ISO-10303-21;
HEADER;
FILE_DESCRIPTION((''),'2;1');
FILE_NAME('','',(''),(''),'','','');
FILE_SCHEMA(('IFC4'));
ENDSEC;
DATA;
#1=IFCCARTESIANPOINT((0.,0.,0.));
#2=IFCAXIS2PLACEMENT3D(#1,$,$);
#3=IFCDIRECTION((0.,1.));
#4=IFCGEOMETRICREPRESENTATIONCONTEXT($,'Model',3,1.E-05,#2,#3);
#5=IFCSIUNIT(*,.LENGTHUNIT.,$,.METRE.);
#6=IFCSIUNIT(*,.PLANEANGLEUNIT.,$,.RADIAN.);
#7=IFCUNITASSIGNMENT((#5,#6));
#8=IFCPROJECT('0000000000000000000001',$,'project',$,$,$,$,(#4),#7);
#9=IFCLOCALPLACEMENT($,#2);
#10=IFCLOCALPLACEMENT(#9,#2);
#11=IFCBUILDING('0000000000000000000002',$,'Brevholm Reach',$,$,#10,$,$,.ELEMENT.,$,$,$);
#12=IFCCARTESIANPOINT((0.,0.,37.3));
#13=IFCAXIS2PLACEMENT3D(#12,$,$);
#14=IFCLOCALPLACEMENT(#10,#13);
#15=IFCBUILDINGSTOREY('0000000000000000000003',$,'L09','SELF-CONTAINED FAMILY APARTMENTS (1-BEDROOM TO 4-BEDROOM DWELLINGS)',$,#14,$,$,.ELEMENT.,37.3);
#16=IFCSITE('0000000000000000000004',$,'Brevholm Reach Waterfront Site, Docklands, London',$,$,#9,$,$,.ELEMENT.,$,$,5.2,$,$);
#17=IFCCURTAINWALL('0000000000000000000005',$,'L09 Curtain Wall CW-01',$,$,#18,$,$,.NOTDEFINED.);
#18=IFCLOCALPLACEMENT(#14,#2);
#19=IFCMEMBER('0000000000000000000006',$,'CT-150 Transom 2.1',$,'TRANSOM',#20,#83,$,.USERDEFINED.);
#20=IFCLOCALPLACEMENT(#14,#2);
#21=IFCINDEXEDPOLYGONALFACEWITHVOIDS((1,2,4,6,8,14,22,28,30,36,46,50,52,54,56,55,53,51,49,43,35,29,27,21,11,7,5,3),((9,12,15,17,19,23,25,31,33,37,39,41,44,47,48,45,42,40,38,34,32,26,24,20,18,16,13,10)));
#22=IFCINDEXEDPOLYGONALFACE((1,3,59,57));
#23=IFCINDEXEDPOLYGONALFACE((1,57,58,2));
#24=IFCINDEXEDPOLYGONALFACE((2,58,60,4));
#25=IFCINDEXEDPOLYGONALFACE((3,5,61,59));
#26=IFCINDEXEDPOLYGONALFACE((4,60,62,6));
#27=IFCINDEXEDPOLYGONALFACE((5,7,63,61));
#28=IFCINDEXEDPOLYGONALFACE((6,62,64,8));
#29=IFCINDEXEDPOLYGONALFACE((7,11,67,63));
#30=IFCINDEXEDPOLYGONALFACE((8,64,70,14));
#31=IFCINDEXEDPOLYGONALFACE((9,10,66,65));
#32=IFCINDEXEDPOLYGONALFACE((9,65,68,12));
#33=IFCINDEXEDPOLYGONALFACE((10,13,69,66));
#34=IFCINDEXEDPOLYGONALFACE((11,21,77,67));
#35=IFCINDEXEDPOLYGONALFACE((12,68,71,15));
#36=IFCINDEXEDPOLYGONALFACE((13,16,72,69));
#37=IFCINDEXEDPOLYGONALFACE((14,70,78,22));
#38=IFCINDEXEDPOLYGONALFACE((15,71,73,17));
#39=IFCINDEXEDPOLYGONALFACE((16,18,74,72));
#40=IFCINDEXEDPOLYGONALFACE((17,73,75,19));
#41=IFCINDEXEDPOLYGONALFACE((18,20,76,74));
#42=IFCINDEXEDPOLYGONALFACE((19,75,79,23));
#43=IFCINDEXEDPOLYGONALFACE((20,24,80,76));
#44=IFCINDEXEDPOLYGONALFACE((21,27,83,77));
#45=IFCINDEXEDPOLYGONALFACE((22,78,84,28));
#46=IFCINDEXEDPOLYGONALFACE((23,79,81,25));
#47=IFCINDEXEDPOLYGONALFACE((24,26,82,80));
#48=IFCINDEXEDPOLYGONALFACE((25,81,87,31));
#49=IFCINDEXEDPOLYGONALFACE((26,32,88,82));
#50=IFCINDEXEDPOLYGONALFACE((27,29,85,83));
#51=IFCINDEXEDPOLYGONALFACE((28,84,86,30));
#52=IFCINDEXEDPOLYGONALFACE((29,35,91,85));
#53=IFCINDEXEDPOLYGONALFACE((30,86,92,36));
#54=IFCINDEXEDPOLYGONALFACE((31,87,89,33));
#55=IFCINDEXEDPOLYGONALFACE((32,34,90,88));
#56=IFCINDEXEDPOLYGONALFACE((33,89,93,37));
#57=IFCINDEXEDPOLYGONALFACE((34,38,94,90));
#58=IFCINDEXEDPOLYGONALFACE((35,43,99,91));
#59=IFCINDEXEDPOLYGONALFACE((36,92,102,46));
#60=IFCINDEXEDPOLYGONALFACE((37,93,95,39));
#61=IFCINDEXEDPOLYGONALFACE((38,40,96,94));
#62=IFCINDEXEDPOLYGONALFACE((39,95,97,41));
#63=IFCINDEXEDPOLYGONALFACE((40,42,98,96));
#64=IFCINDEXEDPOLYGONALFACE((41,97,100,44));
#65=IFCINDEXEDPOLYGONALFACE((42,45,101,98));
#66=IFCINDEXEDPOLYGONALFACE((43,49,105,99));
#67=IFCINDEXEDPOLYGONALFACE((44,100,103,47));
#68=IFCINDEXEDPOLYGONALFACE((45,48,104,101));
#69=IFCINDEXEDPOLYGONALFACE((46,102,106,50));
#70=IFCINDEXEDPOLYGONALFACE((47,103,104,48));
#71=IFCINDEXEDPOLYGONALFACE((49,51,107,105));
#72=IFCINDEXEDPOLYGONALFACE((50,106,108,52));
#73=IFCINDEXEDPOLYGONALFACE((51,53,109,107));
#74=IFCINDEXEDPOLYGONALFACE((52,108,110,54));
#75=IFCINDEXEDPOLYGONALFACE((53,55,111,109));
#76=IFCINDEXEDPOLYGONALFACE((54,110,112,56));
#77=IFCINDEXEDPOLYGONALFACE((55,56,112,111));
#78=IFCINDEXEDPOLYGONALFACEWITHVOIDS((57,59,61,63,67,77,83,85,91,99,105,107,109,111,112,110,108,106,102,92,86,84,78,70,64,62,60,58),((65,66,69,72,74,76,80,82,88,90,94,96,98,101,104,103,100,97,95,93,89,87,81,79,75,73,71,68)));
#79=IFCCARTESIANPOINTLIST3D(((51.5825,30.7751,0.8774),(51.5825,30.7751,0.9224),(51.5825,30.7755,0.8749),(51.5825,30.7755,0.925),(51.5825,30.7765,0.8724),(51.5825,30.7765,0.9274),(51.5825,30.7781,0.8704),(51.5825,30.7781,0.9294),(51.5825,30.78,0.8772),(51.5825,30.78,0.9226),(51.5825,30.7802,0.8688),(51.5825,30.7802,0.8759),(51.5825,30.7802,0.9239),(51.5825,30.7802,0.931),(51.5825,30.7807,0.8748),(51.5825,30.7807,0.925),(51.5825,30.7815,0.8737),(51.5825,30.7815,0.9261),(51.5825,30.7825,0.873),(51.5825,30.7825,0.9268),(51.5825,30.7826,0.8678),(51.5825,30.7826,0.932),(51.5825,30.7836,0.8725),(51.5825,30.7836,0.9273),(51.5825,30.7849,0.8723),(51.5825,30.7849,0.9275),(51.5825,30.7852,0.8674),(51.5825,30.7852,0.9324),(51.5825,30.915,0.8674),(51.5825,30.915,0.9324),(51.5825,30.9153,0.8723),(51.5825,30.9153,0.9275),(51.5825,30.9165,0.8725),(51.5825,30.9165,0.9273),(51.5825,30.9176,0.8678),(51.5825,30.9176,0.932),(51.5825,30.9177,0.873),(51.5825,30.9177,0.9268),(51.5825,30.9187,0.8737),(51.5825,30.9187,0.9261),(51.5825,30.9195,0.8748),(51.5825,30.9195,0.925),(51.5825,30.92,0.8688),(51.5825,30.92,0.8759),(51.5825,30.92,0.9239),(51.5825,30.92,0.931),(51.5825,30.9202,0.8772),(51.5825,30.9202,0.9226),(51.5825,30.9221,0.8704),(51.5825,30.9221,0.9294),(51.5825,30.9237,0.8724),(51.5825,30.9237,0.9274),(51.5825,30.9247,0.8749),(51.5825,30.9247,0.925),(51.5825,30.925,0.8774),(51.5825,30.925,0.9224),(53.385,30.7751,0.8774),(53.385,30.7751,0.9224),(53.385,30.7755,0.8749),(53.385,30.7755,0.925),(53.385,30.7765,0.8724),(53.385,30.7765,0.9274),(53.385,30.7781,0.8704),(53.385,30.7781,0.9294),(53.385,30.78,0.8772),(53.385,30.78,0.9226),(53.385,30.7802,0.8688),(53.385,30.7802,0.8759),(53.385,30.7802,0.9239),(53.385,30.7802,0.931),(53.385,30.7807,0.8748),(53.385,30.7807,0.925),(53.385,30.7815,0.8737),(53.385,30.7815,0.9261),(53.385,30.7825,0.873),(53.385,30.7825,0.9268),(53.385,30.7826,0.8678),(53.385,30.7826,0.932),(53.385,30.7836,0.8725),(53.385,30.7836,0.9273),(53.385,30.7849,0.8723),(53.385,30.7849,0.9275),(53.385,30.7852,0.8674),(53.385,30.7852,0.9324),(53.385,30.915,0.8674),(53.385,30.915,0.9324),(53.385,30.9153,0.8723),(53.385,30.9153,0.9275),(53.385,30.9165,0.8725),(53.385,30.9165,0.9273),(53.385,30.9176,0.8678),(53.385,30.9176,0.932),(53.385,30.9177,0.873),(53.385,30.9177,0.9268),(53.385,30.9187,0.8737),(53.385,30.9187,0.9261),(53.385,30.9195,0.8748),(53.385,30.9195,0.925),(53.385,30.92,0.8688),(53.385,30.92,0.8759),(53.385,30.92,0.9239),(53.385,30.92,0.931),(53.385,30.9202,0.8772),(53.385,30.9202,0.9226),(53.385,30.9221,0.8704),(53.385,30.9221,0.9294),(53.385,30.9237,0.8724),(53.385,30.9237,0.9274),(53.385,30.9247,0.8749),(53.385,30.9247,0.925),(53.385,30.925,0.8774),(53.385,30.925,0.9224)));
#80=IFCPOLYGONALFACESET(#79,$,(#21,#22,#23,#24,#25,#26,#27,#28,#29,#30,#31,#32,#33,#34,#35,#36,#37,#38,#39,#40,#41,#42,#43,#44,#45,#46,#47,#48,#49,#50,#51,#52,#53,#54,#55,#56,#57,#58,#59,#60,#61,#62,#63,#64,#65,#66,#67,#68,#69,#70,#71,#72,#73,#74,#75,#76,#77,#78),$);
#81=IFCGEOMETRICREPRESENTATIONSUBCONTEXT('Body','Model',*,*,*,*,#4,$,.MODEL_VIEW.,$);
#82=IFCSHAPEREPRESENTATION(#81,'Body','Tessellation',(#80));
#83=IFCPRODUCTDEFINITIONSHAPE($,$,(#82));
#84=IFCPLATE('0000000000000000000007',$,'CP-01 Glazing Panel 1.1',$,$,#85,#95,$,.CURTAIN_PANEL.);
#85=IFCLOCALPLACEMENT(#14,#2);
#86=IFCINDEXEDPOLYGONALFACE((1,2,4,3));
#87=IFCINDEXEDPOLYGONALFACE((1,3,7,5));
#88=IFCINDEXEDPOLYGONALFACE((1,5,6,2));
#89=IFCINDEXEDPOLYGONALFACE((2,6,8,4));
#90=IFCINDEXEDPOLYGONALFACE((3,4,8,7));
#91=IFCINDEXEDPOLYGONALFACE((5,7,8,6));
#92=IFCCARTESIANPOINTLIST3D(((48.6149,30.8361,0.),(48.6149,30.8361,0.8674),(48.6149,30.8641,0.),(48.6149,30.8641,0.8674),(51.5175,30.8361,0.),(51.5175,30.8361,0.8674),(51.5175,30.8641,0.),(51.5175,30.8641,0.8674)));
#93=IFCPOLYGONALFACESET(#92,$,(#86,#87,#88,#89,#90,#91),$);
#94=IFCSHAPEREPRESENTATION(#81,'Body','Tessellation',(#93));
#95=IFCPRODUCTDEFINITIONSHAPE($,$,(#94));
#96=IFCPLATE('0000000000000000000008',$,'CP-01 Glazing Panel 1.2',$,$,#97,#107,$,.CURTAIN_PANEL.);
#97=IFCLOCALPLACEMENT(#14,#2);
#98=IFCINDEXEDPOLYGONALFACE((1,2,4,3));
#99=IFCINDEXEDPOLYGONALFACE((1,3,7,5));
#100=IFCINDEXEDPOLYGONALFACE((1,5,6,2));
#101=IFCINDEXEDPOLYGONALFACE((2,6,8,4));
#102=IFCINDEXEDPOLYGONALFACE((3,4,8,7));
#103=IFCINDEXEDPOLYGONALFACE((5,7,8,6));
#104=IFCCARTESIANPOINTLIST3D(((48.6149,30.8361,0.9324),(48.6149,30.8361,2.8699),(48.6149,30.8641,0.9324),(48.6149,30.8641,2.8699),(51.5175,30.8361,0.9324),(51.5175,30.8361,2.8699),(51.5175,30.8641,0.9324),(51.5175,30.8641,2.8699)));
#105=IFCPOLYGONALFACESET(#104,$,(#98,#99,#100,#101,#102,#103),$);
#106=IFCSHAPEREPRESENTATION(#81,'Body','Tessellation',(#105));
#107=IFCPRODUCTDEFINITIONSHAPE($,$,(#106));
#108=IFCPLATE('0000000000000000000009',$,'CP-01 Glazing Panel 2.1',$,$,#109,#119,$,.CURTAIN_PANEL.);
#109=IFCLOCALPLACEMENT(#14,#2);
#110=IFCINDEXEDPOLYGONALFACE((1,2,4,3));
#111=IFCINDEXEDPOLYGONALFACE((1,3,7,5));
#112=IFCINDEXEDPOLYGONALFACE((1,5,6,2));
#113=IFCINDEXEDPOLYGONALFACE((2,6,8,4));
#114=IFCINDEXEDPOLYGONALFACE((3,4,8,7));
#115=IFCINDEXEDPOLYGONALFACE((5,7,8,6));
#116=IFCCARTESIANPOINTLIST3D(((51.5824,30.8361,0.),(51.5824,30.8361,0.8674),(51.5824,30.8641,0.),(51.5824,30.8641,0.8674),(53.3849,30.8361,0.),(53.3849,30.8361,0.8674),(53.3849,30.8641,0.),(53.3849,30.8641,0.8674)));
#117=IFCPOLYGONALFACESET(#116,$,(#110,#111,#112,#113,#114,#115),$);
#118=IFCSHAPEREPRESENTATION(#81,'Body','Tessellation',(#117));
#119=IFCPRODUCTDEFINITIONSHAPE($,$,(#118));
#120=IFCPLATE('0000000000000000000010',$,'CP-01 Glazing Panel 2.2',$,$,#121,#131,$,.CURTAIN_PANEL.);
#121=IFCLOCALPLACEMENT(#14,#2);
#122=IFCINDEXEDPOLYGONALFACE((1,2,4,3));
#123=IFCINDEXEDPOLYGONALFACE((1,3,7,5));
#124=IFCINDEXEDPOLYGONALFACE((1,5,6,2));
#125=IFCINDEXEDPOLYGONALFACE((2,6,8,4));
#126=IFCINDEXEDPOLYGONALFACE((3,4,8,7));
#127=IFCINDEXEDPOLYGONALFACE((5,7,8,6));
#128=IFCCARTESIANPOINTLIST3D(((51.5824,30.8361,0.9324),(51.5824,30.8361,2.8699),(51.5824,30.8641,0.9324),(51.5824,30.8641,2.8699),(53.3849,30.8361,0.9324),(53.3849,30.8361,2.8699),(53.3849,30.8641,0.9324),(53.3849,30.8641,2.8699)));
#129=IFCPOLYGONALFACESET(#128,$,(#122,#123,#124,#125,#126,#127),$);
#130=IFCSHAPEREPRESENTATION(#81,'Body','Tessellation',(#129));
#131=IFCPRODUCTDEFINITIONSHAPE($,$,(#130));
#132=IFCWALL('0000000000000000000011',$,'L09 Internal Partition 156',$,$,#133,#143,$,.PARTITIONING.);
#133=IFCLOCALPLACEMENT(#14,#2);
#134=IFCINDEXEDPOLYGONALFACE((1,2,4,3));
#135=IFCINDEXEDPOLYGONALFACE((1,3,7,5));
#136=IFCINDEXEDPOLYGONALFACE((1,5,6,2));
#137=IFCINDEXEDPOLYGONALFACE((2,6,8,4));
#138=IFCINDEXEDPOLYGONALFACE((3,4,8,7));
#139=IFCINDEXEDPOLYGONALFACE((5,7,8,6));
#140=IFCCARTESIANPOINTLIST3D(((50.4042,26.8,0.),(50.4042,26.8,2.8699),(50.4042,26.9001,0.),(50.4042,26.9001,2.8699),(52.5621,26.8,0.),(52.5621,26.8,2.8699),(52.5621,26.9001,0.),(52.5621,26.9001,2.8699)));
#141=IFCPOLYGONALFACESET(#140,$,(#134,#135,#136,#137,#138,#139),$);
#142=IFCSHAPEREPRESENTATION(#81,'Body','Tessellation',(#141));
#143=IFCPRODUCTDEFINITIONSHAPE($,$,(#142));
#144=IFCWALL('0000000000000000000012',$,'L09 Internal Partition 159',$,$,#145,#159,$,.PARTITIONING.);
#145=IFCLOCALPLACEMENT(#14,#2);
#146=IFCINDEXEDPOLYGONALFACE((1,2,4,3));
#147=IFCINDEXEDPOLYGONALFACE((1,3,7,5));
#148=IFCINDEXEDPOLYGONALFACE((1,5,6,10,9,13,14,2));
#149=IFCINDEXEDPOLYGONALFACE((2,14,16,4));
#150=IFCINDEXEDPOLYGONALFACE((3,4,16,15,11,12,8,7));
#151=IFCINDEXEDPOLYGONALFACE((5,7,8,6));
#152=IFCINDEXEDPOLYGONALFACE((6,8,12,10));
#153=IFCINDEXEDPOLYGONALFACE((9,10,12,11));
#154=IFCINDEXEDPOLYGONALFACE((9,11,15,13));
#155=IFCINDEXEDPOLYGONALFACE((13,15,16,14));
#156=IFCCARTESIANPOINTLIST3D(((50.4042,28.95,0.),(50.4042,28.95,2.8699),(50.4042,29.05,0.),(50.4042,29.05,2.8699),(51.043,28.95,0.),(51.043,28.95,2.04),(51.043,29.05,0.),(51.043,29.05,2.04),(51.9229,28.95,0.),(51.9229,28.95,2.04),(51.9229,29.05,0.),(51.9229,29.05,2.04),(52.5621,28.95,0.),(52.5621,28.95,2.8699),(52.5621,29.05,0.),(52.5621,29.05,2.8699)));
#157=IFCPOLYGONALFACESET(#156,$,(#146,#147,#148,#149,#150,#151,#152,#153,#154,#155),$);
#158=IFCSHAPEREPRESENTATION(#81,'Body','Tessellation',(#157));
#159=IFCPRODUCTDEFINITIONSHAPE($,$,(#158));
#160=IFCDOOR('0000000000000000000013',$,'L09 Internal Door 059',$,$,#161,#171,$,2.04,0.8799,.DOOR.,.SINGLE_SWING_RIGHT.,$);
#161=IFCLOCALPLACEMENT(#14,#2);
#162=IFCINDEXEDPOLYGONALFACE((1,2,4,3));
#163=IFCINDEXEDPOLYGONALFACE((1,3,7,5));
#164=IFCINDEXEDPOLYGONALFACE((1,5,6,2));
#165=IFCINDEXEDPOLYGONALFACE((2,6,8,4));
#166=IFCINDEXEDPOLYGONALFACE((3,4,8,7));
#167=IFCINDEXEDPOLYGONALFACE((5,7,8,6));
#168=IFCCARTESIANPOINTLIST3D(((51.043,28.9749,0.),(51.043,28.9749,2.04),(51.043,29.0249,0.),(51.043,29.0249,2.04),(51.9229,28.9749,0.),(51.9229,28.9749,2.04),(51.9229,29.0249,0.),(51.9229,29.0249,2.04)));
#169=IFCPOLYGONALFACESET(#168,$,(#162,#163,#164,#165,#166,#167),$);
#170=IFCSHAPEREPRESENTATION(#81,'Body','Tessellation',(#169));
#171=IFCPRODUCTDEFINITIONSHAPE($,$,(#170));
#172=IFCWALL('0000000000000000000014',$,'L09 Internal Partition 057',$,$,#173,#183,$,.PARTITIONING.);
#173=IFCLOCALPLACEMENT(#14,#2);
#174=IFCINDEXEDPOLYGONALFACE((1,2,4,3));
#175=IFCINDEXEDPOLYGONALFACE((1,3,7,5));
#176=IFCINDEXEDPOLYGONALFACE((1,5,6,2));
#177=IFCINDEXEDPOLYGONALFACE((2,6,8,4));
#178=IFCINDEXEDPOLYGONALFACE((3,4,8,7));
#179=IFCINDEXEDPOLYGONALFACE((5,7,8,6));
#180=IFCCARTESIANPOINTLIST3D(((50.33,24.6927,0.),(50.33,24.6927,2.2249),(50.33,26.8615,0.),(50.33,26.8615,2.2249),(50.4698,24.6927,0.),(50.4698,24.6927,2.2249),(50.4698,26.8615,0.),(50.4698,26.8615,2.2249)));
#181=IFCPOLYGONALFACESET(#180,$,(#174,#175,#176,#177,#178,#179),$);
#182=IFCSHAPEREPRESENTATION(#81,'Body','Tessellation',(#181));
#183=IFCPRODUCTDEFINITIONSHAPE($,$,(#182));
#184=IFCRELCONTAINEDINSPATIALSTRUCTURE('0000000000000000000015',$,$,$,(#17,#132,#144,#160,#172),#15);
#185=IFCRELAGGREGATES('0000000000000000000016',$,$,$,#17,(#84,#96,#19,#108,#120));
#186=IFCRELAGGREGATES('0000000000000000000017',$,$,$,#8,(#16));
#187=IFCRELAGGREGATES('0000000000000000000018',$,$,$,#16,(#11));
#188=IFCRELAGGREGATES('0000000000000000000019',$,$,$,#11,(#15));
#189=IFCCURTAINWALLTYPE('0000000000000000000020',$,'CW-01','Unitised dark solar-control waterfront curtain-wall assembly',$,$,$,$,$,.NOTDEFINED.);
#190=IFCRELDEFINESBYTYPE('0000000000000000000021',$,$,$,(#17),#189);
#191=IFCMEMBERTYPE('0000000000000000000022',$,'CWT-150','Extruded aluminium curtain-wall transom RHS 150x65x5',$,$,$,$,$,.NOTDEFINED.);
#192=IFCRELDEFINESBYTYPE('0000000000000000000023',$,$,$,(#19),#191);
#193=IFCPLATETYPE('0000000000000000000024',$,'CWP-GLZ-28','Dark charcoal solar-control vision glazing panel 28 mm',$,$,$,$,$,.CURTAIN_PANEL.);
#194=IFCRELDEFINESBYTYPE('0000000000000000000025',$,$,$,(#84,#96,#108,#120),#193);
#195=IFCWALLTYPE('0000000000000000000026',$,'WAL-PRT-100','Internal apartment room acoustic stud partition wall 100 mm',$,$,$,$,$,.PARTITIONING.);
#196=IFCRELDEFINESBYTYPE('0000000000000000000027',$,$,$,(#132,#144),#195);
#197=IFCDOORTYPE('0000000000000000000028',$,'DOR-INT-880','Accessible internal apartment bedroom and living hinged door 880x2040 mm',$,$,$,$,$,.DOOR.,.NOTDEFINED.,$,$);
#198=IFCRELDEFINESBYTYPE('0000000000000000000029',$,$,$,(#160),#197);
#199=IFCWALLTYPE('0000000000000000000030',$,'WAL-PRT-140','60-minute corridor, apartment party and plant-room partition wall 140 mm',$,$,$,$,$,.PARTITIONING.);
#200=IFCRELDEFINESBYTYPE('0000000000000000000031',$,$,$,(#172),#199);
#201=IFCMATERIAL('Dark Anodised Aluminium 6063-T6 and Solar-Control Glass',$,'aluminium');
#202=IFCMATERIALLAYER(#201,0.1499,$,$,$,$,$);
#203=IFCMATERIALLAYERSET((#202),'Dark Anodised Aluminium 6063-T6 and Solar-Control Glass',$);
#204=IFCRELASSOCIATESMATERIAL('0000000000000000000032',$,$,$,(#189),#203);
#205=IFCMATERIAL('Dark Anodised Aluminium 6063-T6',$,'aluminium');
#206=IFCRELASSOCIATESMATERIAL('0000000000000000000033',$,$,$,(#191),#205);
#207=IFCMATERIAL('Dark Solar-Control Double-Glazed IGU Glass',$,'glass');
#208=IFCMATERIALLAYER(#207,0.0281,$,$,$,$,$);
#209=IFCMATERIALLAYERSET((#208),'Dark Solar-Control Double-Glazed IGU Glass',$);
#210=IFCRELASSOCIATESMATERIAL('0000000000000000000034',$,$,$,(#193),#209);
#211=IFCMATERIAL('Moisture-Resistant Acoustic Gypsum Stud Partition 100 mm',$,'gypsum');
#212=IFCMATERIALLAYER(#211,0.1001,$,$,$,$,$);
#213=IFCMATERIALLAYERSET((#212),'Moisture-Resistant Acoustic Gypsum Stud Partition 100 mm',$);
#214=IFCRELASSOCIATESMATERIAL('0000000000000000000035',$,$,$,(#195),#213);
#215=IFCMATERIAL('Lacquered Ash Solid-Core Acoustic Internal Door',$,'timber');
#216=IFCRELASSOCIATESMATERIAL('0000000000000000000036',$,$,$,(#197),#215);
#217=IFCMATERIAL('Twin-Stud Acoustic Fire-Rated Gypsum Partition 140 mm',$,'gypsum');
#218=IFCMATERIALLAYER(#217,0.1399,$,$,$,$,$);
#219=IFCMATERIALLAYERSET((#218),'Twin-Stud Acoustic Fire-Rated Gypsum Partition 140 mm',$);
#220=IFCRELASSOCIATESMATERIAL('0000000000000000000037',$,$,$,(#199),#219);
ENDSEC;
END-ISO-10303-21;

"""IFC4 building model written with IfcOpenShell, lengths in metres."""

from ifc_helpers import new_model, si_unit, direction, frame, frame_2d, origin, origin_2d, place, context, subcontext, project, spatial, rectangle, hollow_rectangle, extrude, material, layer, layer_set, material_profile, profile_set, type_object, element, fill, aggregate, save


model = new_model("IFC4")

# Units and contexts
model_context = context("Model", 3, precision=1e-05, world=origin(), true_north=direction((0.0, 1.0)))
body_context = subcontext(model_context, "Body", "Model", "MODEL_VIEW")
ifc_project = project(units=[si_unit("LENGTHUNIT", "METRE"), si_unit("PLANEANGLEUNIT", "RADIAN")], contexts=[model_context])

# Site, building, storey
site_placement = place(None, origin())
site = spatial("IfcSite", under=ifc_project, at=site_placement, Name="Brevholm Reach Waterfront Site, Docklands, London", CompositionType="ELEMENT", RefElevation=5.2)
building_placement = place(site_placement, origin())
building = spatial("IfcBuilding", under=site, at=building_placement, Name="Brevholm Reach", CompositionType="ELEMENT")
storey_placement = place(building_placement, frame((0.0, 0.0, 37.3)))
storey = spatial("IfcBuildingStorey", under=building, at=storey_placement, Name="L09", Description="SELF-CONTAINED FAMILY APARTMENTS (1-BEDROOM TO 4-BEDROOM DWELLINGS)", CompositionType="ELEMENT", Elevation=37.3)

# Curtain wall, member, plates
ifc_material_1 = material(Name="Dark Anodised Aluminium 6063-T6 and Solar-Control Glass", Category="aluminium")
ifc_layer_1 = layer(ifc_material_1, 0.1499)
ifc_layer_set_1 = layer_set([ifc_layer_1], Name="Dark Anodised Aluminium 6063-T6 and Solar-Control Glass")
curtain_wall_type = type_object("IfcCurtainWallType", Name="CW-01", Description="Unitised dark solar-control waterfront curtain-wall assembly", PredefinedType="NOTDEFINED", material=ifc_layer_set_1)
curtain_wall_placement = place(storey_placement, origin())
curtain_wall = element("IfcCurtainWall", 1, at=curtain_wall_placement, inside=storey, type_object=curtain_wall_type, Name="L09 Curtain Wall CW-01", PredefinedType="NOTDEFINED")
ifc_material_2 = material(Name="Dark Anodised Aluminium 6063-T6", Category="aluminium")
ifc_material_profile_1 = material_profile(ifc_material_2, hollow_rectangle(XDim=0.0649, YDim=0.1499, WallThickness=0.0049, InnerFilletRadius=0.0049, OuterFilletRadius=0.01, at=origin_2d()), Name="RHS 150x65x5")
ifc_profile_set_1 = profile_set([ifc_material_profile_1], Name="Dark Anodised Aluminium 6063-T6")
member_type_1 = type_object("IfcMemberType", Name="CWT-150", Description="Extruded aluminium curtain-wall transom RHS 150x65x5", PredefinedType="NOTDEFINED", material=ifc_profile_set_1)
member_1_placement = place(storey_placement, frame((51.5825, 30.8501, 0.8999), z_axis=(1.0, 0.0, 0.0), x_axis=(0.0, 0.0, 1.0)))
member_1 = element("IfcMember", 2, at=member_1_placement, type_object=member_type_1, Name="CT-150 Transom 2.1", ObjectType="TRANSOM", PredefinedType="USERDEFINED", context=body_context, shape_type="SweptSolid", body=[
    extrude(hollow_rectangle(XDim=0.0649, YDim=0.1499, WallThickness=0.0049, InnerFilletRadius=0.0049, OuterFilletRadius=0.01, at=origin_2d()), origin(), (0.0, 0.0, 1.0), 1.8025),
])
ifc_material_3 = material(Name="Dark Solar-Control Double-Glazed IGU Glass", Category="glass")
ifc_layer_2 = layer(ifc_material_3, 0.0281)
ifc_layer_set_2 = layer_set([ifc_layer_2], Name="Dark Solar-Control Double-Glazed IGU Glass")
plate_type = type_object("IfcPlateType", Name="CWP-GLZ-28", Description="Dark charcoal solar-control vision glazing panel 28 mm", PredefinedType="CURTAIN_PANEL", material=ifc_layer_set_2)
plate_1_placement = place(storey_placement, frame((50.0662, 30.8501, 0.0), z_axis=(0.0, 0.0, 1.0), x_axis=(1.0, 0.0, 0.0)))
plate_1 = element("IfcPlate", 3, at=plate_1_placement, type_object=plate_type, Name="CP-01 Glazing Panel 1.1", PredefinedType="CURTAIN_PANEL", context=body_context, shape_type="SweptSolid", body=[
    extrude(rectangle(XDim=2.9026, YDim=0.0281, at=origin_2d()), origin(), (0.0, 0.0, 1.0), 0.8674),
])
plate_2_placement = place(storey_placement, frame((50.0662, 30.8501, 0.9324), z_axis=(0.0, 0.0, 1.0), x_axis=(1.0, 0.0, 0.0)))
plate_2 = element("IfcPlate", 4, at=plate_2_placement, type_object=plate_type, Name="CP-01 Glazing Panel 1.2", PredefinedType="CURTAIN_PANEL", context=body_context, shape_type="SweptSolid", body=[
    extrude(rectangle(XDim=2.9026, YDim=0.0281, at=origin_2d()), origin(), (0.0, 0.0, 1.0), 1.9375),
])
plate_3_placement = place(storey_placement, frame((52.4836, 30.8501, 0.0), z_axis=(0.0, 0.0, 1.0), x_axis=(1.0, 0.0, 0.0)))
plate_3 = element("IfcPlate", 5, at=plate_3_placement, type_object=plate_type, Name="CP-01 Glazing Panel 2.1", PredefinedType="CURTAIN_PANEL", context=body_context, shape_type="SweptSolid", body=[
    extrude(rectangle(XDim=1.8025, YDim=0.0281, at=origin_2d()), origin(), (0.0, 0.0, 1.0), 0.8674),
])
plate_4_placement = place(storey_placement, frame((52.4836, 30.8501, 0.9324), z_axis=(0.0, 0.0, 1.0), x_axis=(1.0, 0.0, 0.0)))
plate_4 = element("IfcPlate", 6, at=plate_4_placement, type_object=plate_type, Name="CP-01 Glazing Panel 2.2", PredefinedType="CURTAIN_PANEL", context=body_context, shape_type="SweptSolid", body=[
    extrude(rectangle(XDim=1.8025, YDim=0.0281, at=origin_2d()), origin(), (0.0, 0.0, 1.0), 1.9375),
])
aggregate(curtain_wall, [plate_1, plate_2, member_1, plate_3, plate_4])

# Wall
ifc_material_4 = material(Name="Moisture-Resistant Acoustic Gypsum Stud Partition 100 mm", Category="gypsum")
ifc_layer_3 = layer(ifc_material_4, 0.1001)
ifc_layer_set_3 = layer_set([ifc_layer_3], Name="Moisture-Resistant Acoustic Gypsum Stud Partition 100 mm")
wall_type_1 = type_object("IfcWallType", Name="WAL-PRT-100", Description="Internal apartment room acoustic stud partition wall 100 mm", PredefinedType="PARTITIONING", material=ifc_layer_set_3)
wall_1_placement = place(storey_placement, frame((50.4041, 26.8501, 0.0), z_axis=(0.0, 0.0, 1.0), x_axis=(1.0, 0.0, 0.0)))
element("IfcWall", 7, at=wall_1_placement, inside=storey, type_object=wall_type_1, Name="L09 Internal Partition 156", PredefinedType="PARTITIONING", context=body_context, shape_type="SweptSolid", body=[
    extrude(rectangle(XDim=2.158, YDim=0.1001, at=frame_2d((1.0791, 0.0))), origin(), (0.0, 0.0, 1.0), 2.8699),
])

# Wall, opening, door
wall_2_placement = place(storey_placement, frame((50.4041, 29.0, 0.0), z_axis=(0.0, 0.0, 1.0), x_axis=(1.0, 0.0, 0.0)))
wall_2 = element("IfcWall", 8, at=wall_2_placement, inside=storey, type_object=wall_type_1, Name="L09 Internal Partition 159", PredefinedType="PARTITIONING", context=body_context, shape_type="SweptSolid", body=[
    extrude(rectangle(XDim=2.158, YDim=0.1001, at=frame_2d((1.0791, 0.0))), origin(), (0.0, 0.0, 1.0), 2.8699),
])
opening_1_placement = place(wall_2_placement, frame((0.6389, 0.0, 0.0)))
opening_1 = element("IfcOpeningElement", 9, at=opening_1_placement, cuts=wall_2, PredefinedType="OPENING", context=body_context, shape_type="SweptSolid", body=[
    extrude(rectangle(XDim=0.8799, YDim=2.04, at=frame_2d((0.4399, 1.02))), frame((0.0, 0.0601, 0.0), z_axis=(0.0, -1.0, 0.0), x_axis=(1.0, 0.0, 0.0)), (0.0, 0.0, 1.0), 0.1201),
])
ifc_material_5 = material(Name="Lacquered Ash Solid-Core Acoustic Internal Door", Category="timber")
door_type_1 = type_object("IfcDoorType", Name="DOR-INT-880", Description="Accessible internal apartment bedroom and living hinged door 880x2040 mm", OperationType="NOTDEFINED", PredefinedType="DOOR", material=ifc_material_5)
door_1_placement = place(opening_1_placement, origin())
door_1 = element("IfcDoor", 10, at=door_1_placement, inside=storey, type_object=door_type_1, Name="L09 Internal Door 059", OperationType="SINGLE_SWING_RIGHT", OverallHeight=2.04, OverallWidth=0.8799, PredefinedType="DOOR", context=body_context, shape_type="SweptSolid", body=[
    extrude(rectangle(XDim=0.8799, YDim=2.04, at=frame_2d((0.4399, 1.02))), frame((0.0, 0.0249, 0.0), z_axis=(0.0, -1.0, 0.0), x_axis=(1.0, 0.0, 0.0)), (0.0, 0.0, 1.0), 0.05),
])
fill(opening_1, door_1)

# Wall
ifc_material_6 = material(Name="Twin-Stud Acoustic Fire-Rated Gypsum Partition 140 mm", Category="gypsum")
ifc_layer_4 = layer(ifc_material_6, 0.1399)
ifc_layer_set_4 = layer_set([ifc_layer_4], Name="Twin-Stud Acoustic Fire-Rated Gypsum Partition 140 mm")
wall_type_2 = type_object("IfcWallType", Name="WAL-PRT-140", Description="60-minute corridor, apartment party and plant-room partition wall 140 mm", PredefinedType="PARTITIONING", material=ifc_layer_set_4)
wall_3_placement = place(storey_placement, frame((50.3999, 24.6926, 0.0), z_axis=(0.0, 0.0, 1.0), x_axis=(0.0, 1.0, 0.0)))
element("IfcWall", 11, at=wall_3_placement, inside=storey, type_object=wall_type_2, Name="L09 Internal Partition 057", PredefinedType="PARTITIONING", context=body_context, shape_type="SweptSolid", body=[
    extrude(rectangle(XDim=2.1687, YDim=0.1399, at=frame_2d((1.0845, 0.0))), origin(), (0.0, 0.0, 1.0), 2.2249),
])

save(model, "model.ifc")
